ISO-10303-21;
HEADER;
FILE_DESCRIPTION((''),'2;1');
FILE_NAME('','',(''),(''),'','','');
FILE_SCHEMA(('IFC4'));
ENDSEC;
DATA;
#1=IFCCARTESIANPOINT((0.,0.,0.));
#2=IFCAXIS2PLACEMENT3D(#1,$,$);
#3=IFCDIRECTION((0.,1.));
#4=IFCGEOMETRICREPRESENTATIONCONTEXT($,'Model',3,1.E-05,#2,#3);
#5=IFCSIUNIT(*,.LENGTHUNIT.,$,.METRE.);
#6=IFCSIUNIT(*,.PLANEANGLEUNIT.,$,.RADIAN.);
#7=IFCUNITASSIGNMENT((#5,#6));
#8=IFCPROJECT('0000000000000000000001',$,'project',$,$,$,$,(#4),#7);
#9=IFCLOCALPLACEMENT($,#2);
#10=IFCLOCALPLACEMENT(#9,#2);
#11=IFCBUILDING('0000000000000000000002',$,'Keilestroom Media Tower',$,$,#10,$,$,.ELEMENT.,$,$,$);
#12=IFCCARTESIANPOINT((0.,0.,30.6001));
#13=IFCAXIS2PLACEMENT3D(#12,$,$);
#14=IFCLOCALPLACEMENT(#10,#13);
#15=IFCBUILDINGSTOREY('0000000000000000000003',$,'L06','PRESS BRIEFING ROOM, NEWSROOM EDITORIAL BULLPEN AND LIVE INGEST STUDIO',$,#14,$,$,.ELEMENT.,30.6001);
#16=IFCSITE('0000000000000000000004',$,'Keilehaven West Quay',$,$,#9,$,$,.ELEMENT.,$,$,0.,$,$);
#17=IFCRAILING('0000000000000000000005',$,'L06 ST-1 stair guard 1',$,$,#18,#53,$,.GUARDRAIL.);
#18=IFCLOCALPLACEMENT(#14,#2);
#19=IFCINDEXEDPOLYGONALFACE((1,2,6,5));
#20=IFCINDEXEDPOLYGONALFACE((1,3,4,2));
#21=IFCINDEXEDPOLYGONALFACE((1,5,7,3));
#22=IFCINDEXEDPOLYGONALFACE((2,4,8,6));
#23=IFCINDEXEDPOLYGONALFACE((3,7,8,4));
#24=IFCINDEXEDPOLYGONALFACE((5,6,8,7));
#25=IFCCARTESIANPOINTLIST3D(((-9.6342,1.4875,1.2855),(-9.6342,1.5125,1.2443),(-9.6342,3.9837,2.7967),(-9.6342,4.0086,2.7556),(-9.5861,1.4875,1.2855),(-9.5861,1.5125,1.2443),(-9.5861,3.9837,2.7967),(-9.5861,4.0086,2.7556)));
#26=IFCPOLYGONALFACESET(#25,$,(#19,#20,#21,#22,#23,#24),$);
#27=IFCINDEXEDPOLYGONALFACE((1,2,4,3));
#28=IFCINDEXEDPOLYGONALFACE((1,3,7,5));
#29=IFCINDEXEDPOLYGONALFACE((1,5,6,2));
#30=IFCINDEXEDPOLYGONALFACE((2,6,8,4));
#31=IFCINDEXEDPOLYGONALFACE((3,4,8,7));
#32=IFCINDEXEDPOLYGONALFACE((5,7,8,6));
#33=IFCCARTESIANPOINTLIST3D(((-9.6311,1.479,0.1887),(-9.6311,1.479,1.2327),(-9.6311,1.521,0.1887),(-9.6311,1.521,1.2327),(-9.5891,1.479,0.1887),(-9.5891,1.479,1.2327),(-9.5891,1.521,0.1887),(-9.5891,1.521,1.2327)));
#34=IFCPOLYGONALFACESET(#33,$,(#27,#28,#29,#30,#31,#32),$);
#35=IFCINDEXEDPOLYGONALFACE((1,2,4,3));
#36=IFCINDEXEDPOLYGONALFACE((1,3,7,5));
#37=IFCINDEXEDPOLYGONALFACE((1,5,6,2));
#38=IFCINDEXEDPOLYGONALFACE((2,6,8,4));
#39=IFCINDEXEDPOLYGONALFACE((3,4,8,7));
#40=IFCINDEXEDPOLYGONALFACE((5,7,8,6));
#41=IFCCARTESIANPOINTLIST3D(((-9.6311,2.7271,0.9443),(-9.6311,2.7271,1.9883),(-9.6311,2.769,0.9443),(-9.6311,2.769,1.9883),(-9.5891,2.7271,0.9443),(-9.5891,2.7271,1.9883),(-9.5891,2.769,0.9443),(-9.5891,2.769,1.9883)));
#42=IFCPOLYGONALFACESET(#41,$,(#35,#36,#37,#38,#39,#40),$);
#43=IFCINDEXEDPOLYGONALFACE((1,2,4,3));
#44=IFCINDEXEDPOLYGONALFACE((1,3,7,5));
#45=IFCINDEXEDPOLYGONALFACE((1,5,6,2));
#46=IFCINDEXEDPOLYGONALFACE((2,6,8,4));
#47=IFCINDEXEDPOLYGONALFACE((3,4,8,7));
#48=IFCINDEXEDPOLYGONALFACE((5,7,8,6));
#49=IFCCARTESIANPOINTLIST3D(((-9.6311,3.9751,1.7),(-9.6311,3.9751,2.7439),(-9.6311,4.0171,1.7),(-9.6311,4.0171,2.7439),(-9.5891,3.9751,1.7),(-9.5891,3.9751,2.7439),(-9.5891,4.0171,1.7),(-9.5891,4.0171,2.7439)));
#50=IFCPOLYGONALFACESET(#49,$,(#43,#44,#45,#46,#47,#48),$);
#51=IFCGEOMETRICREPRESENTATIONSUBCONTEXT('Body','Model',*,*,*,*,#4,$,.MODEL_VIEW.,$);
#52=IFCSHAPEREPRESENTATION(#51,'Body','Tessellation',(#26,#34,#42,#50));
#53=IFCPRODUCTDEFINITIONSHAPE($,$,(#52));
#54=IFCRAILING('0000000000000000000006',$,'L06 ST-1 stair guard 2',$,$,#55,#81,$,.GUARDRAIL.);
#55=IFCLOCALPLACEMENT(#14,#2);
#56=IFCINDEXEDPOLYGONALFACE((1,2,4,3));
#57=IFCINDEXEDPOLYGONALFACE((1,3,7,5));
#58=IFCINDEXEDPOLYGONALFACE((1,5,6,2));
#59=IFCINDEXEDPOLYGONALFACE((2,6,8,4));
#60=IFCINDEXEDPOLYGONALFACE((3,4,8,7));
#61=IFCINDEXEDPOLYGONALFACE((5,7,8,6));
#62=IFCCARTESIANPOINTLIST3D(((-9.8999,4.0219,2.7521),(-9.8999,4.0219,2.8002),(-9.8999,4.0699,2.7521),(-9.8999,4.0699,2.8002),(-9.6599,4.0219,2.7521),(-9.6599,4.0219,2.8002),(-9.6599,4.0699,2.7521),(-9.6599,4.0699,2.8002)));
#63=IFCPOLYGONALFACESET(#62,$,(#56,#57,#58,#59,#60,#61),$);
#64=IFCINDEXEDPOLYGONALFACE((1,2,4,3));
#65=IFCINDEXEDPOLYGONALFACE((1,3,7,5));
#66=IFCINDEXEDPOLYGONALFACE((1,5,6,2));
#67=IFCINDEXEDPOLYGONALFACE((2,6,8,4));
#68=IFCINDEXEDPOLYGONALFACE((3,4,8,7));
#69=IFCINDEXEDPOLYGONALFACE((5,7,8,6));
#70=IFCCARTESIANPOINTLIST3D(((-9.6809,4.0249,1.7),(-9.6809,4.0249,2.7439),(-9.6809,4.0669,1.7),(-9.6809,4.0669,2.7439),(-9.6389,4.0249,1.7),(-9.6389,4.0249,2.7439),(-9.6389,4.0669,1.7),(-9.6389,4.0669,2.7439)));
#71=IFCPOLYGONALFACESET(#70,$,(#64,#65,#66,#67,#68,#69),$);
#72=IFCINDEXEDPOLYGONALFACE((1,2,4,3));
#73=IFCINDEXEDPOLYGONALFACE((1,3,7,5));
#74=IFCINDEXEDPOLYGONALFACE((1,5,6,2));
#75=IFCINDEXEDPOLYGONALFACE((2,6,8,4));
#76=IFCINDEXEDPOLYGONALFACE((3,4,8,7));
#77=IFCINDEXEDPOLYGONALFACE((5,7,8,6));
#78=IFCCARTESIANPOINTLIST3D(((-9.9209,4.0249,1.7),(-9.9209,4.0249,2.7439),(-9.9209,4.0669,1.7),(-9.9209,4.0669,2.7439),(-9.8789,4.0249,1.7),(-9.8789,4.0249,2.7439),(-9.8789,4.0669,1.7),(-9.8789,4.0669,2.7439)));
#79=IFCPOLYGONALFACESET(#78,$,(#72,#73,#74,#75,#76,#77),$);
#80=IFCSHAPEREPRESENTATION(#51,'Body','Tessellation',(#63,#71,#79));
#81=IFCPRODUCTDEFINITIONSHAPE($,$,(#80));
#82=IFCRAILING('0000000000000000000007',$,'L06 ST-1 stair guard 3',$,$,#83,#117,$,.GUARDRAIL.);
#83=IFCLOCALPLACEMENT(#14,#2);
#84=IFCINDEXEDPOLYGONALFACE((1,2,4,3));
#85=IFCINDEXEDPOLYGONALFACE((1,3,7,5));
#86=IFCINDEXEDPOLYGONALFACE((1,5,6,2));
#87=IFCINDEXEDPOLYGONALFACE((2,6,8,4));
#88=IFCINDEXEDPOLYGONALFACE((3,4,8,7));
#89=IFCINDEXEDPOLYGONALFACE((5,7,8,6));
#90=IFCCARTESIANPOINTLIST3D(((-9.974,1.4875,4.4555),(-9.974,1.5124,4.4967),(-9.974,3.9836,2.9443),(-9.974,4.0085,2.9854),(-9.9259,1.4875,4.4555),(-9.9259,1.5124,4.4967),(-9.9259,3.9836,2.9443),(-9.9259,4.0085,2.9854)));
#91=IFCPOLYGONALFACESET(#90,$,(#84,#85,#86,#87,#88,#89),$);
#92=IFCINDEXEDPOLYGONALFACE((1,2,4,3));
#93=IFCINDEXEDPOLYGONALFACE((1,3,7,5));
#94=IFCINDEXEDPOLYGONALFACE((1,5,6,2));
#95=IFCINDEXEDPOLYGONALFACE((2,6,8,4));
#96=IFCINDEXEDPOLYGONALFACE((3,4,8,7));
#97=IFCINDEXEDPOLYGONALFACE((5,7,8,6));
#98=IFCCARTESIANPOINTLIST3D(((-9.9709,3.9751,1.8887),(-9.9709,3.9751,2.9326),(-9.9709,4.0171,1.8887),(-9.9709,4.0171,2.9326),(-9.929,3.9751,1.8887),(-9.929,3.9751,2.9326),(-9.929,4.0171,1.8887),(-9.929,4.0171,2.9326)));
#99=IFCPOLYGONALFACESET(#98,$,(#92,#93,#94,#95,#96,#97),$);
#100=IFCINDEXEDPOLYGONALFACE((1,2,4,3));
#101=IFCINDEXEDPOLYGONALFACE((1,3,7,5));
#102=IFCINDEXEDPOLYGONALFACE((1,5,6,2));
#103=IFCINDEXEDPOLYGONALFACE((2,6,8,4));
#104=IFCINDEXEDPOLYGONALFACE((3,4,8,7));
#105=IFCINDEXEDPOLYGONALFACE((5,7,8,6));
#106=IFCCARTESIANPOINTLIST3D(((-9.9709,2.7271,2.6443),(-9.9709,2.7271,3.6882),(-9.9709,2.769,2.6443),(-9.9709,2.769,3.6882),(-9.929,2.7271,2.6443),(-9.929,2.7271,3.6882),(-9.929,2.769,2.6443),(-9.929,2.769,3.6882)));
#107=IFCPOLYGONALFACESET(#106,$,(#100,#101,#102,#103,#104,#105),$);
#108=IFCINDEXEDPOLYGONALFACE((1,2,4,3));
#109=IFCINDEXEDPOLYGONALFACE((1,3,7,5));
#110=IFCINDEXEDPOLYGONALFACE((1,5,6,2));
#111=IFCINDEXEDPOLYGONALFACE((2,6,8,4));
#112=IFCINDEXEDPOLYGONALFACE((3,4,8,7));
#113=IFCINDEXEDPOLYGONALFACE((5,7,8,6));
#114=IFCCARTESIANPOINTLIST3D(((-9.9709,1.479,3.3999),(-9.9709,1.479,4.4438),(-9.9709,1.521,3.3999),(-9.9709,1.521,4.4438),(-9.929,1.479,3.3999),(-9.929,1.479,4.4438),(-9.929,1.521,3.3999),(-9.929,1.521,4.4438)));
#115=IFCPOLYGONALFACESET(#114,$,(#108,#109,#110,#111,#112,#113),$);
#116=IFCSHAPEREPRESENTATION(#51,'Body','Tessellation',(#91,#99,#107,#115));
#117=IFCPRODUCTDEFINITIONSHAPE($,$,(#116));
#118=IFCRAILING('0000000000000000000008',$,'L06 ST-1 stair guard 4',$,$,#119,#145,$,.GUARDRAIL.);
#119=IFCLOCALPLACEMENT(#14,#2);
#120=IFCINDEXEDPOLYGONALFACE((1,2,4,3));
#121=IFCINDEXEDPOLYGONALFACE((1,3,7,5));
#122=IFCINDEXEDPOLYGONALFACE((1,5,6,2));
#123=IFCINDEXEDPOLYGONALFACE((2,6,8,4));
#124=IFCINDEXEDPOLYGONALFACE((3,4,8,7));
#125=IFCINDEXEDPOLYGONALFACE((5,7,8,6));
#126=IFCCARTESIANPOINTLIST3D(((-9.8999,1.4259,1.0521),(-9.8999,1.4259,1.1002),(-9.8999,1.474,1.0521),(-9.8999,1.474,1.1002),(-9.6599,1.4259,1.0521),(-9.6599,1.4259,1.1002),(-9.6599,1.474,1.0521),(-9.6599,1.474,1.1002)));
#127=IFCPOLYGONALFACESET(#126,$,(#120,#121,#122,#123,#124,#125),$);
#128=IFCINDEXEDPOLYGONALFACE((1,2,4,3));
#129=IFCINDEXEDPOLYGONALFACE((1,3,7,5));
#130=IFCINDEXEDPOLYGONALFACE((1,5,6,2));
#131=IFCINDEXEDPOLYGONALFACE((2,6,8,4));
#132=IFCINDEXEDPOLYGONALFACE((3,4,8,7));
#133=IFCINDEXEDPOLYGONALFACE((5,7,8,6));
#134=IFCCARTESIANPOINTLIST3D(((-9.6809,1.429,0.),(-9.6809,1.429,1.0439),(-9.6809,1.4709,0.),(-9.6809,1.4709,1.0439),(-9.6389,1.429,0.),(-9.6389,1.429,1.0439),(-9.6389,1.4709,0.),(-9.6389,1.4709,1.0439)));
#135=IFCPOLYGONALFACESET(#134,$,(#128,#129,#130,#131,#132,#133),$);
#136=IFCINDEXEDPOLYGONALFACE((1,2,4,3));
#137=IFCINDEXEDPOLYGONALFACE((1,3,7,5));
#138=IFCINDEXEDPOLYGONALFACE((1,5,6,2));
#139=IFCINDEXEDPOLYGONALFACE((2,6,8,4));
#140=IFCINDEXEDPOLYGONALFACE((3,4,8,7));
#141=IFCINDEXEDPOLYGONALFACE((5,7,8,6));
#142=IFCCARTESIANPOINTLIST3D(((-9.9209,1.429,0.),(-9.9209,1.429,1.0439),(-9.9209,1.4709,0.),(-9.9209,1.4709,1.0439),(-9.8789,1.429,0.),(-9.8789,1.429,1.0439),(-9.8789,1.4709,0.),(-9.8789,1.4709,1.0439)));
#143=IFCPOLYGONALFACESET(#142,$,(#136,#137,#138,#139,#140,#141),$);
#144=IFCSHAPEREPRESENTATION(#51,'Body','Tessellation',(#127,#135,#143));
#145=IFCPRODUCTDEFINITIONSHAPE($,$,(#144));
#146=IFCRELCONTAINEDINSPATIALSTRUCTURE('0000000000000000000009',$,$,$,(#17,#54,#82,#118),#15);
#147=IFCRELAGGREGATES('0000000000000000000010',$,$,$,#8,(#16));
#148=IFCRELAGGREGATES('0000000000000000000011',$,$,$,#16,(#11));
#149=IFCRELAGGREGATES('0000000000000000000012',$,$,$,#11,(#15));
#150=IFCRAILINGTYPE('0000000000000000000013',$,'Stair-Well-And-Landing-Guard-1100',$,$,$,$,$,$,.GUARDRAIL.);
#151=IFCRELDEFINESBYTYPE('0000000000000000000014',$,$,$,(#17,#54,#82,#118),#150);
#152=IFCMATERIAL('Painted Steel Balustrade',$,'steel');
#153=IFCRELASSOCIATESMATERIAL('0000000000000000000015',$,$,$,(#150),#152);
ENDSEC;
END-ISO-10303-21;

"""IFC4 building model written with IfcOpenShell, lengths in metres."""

from ifc_helpers import new_model, si_unit, direction, frame, origin, origin_2d, place, context, subcontext, project, spatial, rectangle, extrude, material, type_object, element, save


model = new_model("IFC4")

# Units and contexts
model_context = context("Model", 3, precision=1e-05, world=origin(), true_north=direction((0.0, 1.0)))
body_context = subcontext(model_context, "Body", "Model", "MODEL_VIEW")
ifc_project = project(units=[si_unit("LENGTHUNIT", "METRE"), si_unit("PLANEANGLEUNIT", "RADIAN")], contexts=[model_context])

# Site, building, storey
site_placement = place(None, origin())
site = spatial("IfcSite", under=ifc_project, at=site_placement, Name="Keilehaven West Quay", CompositionType="ELEMENT", RefElevation=0.0)
building_placement = place(site_placement, origin())
building = spatial("IfcBuilding", under=site, at=building_placement, Name="Keilestroom Media Tower", CompositionType="ELEMENT")
storey_placement = place(building_placement, frame((0.0, 0.0, 30.6001)))
storey = spatial("IfcBuildingStorey", under=building, at=storey_placement, Name="L06", Description="PRESS BRIEFING ROOM, NEWSROOM EDITORIAL BULLPEN AND LIVE INGEST STUDIO", CompositionType="ELEMENT", Elevation=30.6001)

# Railings
ifc_material_1 = material(Name="Painted Steel Balustrade", Category="steel")
railing_type_1 = type_object("IfcRailingType", Name="Stair-Well-And-Landing-Guard-1100", PredefinedType="GUARDRAIL", material=ifc_material_1)
railing_1_placement = place(storey_placement, frame((-9.6101, 1.5, 0.1887)))
element("IfcRailing", 1, at=railing_1_placement, inside=storey, type_object=railing_type_1, Name="L06 ST-1 stair guard 1", PredefinedType="GUARDRAIL", context=body_context, shape_type="SweptSolid", body=[
    extrude(rectangle(XDim=0.0481, YDim=0.0481, at=origin_2d()), frame((0.0, 0.0, 1.0762), z_axis=(0.0, 0.855434, 0.517912), x_axis=(-1.0, 0.0, 0.0)), (0.0, 0.0, 1.0), 2.918),
    extrude(rectangle(XDim=0.042, YDim=0.042, at=origin_2d()), origin(), (0.0, 0.0, 1.0), 1.0439),
    extrude(rectangle(XDim=0.042, YDim=0.042, at=origin_2d()), frame((0.0, 1.248, 0.7556)), (0.0, 0.0, 1.0), 1.0439),
    extrude(rectangle(XDim=0.042, YDim=0.042, at=origin_2d()), frame((0.0, 2.4961, 1.5112)), (0.0, 0.0, 1.0), 1.0439),
])
railing_2_placement = place(storey_placement, frame((-9.6599, 4.0459, 1.7)))
element("IfcRailing", 2, at=railing_2_placement, inside=storey, type_object=railing_type_1, Name="L06 ST-1 stair guard 2", PredefinedType="GUARDRAIL", context=body_context, shape_type="SweptSolid", body=[
    extrude(rectangle(XDim=0.0481, YDim=0.0481, at=origin_2d()), frame((0.0, 0.0, 1.0762), z_axis=(-1.0, 0.0, 0.0), x_axis=(0.0, -1.0, 0.0)), (0.0, 0.0, 1.0), 0.24),
    extrude(rectangle(XDim=0.042, YDim=0.042, at=origin_2d()), origin(), (0.0, 0.0, 1.0), 1.0439),
    extrude(rectangle(XDim=0.042, YDim=0.042, at=origin_2d()), frame((-0.24, 0.0, 0.0)), (0.0, 0.0, 1.0), 1.0439),
])
railing_3_placement = place(storey_placement, frame((-9.95, 3.9961, 1.8887)))
element("IfcRailing", 3, at=railing_3_placement, inside=storey, type_object=railing_type_1, Name="L06 ST-1 stair guard 3", PredefinedType="GUARDRAIL", context=body_context, shape_type="SweptSolid", body=[
    extrude(rectangle(XDim=0.0481, YDim=0.0481, at=origin_2d()), frame((0.0, 0.0, 1.0762), z_axis=(0.0, -0.855434, 0.517912), x_axis=(1.0, 0.0, 0.0)), (0.0, 0.0, 1.0), 2.918),
    extrude(rectangle(XDim=0.042, YDim=0.042, at=origin_2d()), origin(), (0.0, 0.0, 1.0), 1.0439),
    extrude(rectangle(XDim=0.042, YDim=0.042, at=origin_2d()), frame((0.0, -1.248, 0.7556)), (0.0, 0.0, 1.0), 1.0439),
    extrude(rectangle(XDim=0.042, YDim=0.042, at=origin_2d()), frame((0.0, -2.4961, 1.5112)), (0.0, 0.0, 1.0), 1.0439),
])
railing_4_placement = place(storey_placement, frame((-9.6599, 1.45, 0.0)))
element("IfcRailing", 4, at=railing_4_placement, inside=storey, type_object=railing_type_1, Name="L06 ST-1 stair guard 4", PredefinedType="GUARDRAIL", context=body_context, shape_type="SweptSolid", body=[
    extrude(rectangle(XDim=0.0481, YDim=0.0481, at=origin_2d()), frame((0.0, 0.0, 1.0762), z_axis=(-1.0, 0.0, 0.0), x_axis=(0.0, -1.0, 0.0)), (0.0, 0.0, 1.0), 0.24),
    extrude(rectangle(XDim=0.042, YDim=0.042, at=origin_2d()), origin(), (0.0, 0.0, 1.0), 1.0439),
    extrude(rectangle(XDim=0.042, YDim=0.042, at=origin_2d()), frame((-0.24, 0.0, 0.0)), (0.0, 0.0, 1.0), 1.0439),
])

save(model, "model.ifc")
